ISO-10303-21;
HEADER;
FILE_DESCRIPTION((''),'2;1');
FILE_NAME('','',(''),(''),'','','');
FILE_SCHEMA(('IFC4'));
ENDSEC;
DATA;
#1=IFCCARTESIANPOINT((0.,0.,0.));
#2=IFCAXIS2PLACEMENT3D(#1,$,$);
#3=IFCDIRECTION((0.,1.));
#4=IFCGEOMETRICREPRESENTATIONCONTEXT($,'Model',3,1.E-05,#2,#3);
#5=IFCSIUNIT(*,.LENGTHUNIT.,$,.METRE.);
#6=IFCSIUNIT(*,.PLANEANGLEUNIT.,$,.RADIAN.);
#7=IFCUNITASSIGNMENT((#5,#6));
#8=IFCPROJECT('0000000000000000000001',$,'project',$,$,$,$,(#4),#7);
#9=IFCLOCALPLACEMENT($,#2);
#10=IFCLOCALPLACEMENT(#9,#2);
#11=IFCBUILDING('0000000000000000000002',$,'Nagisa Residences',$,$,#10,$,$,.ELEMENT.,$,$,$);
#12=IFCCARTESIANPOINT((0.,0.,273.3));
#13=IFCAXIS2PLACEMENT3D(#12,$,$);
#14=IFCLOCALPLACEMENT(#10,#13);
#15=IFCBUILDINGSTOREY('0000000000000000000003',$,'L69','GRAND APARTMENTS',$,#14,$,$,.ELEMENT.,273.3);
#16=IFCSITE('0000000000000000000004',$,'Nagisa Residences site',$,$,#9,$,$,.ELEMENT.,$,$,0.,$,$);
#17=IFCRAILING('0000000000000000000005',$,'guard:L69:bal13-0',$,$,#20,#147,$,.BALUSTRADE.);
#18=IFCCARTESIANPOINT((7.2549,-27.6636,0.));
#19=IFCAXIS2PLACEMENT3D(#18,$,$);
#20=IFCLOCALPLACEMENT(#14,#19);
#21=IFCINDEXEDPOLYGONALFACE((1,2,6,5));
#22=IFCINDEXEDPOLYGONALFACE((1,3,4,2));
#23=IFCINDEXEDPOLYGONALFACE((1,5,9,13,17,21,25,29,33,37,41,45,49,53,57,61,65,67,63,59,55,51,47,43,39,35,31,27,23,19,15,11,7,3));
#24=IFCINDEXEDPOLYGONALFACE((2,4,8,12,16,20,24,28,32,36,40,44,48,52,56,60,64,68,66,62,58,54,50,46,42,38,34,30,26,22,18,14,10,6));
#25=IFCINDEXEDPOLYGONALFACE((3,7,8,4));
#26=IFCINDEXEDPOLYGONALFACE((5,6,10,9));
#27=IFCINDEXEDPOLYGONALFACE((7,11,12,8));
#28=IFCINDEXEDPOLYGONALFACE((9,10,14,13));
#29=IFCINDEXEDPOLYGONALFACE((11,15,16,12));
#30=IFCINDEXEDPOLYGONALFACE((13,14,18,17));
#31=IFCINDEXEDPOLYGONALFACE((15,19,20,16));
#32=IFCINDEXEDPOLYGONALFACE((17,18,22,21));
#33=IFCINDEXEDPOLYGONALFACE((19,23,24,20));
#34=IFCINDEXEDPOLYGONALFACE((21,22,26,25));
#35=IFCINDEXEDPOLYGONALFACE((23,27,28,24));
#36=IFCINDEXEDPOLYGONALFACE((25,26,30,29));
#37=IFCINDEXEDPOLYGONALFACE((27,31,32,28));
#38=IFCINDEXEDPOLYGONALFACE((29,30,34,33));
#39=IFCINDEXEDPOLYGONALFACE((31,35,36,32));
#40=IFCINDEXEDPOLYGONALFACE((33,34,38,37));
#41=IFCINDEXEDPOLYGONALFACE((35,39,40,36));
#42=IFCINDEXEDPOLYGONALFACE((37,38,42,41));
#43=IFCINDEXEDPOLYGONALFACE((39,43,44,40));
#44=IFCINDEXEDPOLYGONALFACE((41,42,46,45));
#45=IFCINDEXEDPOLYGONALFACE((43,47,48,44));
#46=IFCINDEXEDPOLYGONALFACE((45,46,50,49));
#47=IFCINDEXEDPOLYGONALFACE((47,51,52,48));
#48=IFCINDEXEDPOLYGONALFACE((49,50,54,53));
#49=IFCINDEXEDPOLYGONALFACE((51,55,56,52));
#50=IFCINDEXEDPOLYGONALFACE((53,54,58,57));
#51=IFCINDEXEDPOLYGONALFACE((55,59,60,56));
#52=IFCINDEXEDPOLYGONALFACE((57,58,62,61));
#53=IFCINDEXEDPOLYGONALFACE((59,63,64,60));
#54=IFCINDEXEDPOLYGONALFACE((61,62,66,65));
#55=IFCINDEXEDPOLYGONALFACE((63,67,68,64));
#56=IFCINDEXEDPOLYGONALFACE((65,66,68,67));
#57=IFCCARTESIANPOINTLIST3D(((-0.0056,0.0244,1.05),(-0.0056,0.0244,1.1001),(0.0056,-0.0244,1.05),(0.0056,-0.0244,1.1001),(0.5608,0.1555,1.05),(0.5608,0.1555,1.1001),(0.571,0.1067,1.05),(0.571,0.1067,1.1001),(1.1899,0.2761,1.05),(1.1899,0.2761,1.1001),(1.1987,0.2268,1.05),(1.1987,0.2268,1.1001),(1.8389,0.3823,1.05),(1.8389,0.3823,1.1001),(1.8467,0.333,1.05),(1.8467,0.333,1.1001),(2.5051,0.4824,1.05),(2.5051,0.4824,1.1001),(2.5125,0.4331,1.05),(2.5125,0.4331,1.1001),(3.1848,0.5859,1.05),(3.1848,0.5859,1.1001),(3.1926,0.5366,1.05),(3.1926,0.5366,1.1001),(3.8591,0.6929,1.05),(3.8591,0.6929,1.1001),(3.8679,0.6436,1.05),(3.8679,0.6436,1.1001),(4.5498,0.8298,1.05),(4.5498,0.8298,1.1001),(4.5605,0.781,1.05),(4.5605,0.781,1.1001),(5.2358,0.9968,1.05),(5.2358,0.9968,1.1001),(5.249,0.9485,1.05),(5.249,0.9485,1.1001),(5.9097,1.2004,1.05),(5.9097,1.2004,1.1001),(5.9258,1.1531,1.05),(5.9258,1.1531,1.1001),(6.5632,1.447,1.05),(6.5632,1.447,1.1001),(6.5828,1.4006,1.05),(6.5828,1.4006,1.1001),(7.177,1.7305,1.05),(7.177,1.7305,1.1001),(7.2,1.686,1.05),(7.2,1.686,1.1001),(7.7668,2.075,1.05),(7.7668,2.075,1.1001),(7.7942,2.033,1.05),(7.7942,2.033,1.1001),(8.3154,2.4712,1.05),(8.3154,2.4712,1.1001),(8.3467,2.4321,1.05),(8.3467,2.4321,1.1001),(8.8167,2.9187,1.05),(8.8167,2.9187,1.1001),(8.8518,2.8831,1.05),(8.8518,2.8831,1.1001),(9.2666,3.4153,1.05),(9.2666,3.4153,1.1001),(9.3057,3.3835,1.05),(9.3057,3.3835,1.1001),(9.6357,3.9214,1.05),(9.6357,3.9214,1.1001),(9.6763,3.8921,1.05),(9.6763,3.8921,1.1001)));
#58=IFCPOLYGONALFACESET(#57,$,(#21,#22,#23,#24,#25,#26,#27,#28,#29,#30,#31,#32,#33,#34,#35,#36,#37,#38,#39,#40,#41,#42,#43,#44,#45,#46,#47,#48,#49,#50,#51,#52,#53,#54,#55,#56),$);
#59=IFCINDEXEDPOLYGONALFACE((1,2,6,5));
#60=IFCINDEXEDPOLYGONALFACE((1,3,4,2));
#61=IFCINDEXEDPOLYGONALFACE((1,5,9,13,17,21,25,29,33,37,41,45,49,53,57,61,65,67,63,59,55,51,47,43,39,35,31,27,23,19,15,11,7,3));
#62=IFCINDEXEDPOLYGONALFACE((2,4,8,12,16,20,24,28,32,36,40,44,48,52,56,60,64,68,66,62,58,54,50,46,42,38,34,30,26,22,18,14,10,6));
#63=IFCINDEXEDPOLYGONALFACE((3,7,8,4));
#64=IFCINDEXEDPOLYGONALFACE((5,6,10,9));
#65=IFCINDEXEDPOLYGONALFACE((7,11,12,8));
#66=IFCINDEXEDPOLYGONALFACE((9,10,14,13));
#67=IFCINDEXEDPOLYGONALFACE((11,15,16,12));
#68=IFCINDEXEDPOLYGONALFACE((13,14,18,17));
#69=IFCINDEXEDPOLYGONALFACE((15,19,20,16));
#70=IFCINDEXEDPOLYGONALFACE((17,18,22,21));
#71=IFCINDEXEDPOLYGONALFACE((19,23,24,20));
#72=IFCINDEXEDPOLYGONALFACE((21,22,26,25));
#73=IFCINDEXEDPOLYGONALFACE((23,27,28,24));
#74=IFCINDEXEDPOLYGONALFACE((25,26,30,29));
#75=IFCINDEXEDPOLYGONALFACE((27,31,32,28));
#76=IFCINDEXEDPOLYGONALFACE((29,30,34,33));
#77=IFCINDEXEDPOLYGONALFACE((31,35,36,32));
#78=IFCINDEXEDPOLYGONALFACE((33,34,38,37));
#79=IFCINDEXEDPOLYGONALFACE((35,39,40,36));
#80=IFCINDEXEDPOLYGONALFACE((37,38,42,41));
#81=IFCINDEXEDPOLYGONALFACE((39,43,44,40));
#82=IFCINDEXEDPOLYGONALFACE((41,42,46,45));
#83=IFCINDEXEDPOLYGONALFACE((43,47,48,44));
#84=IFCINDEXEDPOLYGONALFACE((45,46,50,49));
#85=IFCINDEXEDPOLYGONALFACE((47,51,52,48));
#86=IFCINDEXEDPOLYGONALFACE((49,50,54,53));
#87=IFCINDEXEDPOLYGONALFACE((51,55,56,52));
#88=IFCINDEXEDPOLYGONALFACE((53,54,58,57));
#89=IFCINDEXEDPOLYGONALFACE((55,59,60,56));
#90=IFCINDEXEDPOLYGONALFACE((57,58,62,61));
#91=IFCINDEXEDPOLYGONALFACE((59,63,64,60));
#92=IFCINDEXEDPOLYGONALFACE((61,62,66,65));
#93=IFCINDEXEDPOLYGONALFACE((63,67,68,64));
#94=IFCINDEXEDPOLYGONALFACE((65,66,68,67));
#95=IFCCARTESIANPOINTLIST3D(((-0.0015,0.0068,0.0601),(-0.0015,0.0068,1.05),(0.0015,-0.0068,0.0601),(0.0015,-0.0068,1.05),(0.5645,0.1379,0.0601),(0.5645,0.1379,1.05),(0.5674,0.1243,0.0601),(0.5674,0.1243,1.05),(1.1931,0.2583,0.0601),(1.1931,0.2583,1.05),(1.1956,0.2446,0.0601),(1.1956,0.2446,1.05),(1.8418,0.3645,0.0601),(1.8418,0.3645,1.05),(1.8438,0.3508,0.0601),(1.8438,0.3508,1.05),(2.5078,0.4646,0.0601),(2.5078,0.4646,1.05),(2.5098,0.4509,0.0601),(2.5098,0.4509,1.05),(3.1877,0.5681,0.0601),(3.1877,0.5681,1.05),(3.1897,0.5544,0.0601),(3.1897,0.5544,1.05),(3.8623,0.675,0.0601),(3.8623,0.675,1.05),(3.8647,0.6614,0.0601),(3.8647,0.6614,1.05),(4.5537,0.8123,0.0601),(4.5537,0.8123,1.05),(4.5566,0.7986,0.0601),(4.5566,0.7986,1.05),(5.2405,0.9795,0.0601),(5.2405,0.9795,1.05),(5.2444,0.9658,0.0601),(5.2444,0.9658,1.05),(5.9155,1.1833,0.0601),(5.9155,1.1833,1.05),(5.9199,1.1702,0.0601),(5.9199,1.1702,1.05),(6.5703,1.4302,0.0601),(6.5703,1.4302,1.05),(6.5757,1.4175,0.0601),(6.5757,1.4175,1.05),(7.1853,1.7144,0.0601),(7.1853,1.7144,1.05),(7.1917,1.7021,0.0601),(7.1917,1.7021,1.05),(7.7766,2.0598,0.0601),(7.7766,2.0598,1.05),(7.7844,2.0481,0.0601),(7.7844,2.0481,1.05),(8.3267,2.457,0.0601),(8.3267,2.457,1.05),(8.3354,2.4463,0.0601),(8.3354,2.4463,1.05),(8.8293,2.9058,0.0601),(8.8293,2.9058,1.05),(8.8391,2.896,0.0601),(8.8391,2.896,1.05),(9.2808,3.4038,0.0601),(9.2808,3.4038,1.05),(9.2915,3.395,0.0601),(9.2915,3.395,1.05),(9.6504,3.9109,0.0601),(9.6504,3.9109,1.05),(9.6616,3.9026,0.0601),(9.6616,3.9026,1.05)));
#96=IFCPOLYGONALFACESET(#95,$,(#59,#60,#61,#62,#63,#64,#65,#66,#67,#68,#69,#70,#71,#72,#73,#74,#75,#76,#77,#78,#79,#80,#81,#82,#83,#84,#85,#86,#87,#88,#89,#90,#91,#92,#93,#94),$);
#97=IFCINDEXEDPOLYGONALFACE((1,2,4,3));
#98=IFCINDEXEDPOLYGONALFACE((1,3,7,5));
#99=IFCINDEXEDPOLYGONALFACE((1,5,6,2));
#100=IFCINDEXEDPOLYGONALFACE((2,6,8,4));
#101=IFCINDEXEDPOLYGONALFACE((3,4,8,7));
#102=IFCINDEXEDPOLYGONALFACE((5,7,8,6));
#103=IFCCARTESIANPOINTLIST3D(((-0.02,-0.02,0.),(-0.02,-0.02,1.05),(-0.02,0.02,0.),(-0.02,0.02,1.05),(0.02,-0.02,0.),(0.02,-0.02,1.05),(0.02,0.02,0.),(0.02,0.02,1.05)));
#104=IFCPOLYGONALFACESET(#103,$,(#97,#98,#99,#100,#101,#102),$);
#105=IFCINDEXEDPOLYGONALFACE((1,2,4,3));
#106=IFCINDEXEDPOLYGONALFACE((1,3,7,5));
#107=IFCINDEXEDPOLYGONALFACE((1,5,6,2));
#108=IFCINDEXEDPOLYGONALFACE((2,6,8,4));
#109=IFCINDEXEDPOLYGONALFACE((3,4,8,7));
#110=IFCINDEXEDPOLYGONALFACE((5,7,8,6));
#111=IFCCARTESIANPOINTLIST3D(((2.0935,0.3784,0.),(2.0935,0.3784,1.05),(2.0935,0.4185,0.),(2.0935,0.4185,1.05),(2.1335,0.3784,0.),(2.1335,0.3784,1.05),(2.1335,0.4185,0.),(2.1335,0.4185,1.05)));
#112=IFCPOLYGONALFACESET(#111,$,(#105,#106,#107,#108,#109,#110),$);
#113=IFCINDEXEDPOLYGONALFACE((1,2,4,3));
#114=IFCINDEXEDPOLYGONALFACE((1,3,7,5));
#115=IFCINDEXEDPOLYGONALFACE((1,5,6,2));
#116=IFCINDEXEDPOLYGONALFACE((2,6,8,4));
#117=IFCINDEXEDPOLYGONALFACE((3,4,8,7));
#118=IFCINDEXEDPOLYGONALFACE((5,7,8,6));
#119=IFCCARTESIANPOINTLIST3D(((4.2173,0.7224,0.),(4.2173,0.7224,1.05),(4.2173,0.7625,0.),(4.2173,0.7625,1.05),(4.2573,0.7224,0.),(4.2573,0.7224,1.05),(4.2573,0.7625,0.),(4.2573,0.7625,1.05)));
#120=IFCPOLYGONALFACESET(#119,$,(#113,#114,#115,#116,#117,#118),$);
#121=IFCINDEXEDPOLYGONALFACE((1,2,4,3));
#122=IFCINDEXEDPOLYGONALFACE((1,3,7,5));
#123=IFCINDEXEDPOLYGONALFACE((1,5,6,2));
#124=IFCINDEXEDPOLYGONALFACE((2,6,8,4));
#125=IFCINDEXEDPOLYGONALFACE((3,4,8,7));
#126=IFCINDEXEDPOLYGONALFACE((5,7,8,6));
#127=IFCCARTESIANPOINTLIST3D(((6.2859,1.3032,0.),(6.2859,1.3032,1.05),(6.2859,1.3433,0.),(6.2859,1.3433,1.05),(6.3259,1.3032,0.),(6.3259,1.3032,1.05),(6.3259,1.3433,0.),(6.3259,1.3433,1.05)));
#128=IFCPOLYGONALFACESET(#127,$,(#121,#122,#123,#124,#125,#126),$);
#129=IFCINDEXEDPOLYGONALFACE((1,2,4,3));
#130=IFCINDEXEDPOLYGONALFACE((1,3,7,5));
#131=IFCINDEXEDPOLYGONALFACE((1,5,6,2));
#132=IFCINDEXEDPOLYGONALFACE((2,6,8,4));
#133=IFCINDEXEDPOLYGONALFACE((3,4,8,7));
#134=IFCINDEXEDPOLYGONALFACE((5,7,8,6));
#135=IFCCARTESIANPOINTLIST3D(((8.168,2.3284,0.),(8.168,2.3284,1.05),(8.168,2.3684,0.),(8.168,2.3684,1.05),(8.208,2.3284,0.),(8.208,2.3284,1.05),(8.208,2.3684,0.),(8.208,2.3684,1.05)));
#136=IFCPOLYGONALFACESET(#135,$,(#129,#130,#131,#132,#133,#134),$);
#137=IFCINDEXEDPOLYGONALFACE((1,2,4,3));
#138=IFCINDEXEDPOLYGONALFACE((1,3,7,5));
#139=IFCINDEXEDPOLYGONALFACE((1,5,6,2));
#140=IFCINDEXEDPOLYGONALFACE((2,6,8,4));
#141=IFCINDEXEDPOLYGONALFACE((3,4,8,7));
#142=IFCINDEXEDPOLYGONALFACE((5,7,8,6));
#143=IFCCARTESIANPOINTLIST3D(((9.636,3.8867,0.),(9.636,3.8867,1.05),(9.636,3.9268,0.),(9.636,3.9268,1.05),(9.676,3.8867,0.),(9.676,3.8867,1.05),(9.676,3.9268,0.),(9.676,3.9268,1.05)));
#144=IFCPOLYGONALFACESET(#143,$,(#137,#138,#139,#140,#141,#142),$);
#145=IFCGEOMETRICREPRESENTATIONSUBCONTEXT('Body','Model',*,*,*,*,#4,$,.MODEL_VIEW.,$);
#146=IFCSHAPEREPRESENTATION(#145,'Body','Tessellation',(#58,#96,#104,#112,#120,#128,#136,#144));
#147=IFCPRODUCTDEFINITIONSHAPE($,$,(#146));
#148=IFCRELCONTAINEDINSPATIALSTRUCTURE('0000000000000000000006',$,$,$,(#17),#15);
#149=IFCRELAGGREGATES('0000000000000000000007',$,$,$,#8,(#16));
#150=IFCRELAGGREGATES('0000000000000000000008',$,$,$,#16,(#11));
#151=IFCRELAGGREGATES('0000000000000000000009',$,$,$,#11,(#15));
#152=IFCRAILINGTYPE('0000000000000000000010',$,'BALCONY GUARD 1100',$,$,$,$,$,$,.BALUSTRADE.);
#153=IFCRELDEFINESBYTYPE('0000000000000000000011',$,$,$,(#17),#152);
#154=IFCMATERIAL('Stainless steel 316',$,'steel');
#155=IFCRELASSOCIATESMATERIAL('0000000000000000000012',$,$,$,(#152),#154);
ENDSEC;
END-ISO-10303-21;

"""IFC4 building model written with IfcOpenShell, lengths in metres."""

from ifc_helpers import new_model, si_unit, direction, frame, origin, origin_2d, place, context, subcontext, project, spatial, polyline, rectangle, outline, extrude, material, type_object, element, save


model = new_model("IFC4")

# Units and contexts
model_context = context("Model", 3, precision=1e-05, world=origin(), true_north=direction((0.0, 1.0)))
body_context = subcontext(model_context, "Body", "Model", "MODEL_VIEW")
ifc_project = project(units=[si_unit("LENGTHUNIT", "METRE"), si_unit("PLANEANGLEUNIT", "RADIAN")], contexts=[model_context])

# Site, building, storey
site_placement = place(None, origin())
site = spatial("IfcSite", under=ifc_project, at=site_placement, Name="Nagisa Residences site", CompositionType="ELEMENT", RefElevation=0.0)
building_placement = place(site_placement, origin())
building = spatial("IfcBuilding", under=site, at=building_placement, Name="Nagisa Residences", CompositionType="ELEMENT")
storey_placement = place(building_placement, frame((0.0, 0.0, 273.3)))
storey = spatial("IfcBuildingStorey", under=building, at=storey_placement, Name="L69", Description="GRAND APARTMENTS", CompositionType="ELEMENT", Elevation=273.3)

# Railing
ifc_material_1 = material(Name="Stainless steel 316", Category="steel")
railing_type = type_object("IfcRailingType", Name="BALCONY GUARD 1100", PredefinedType="BALUSTRADE", material=ifc_material_1)
railing_placement = place(storey_placement, frame((7.2549, -27.6636, 0.0)))
element("IfcRailing", 1, at=railing_placement, inside=storey, type_object=railing_type, Name="guard:L69:bal13-0", PredefinedType="BALUSTRADE", context=body_context, shape_type="SweptSolid", body=[
    extrude(outline(polyline([(0.5608, 0.1555), (-0.0056, 0.0244), (0.0056, -0.0244), (0.571, 0.1067), (1.1987, 0.2268), (1.8467, 0.333), (2.5125, 0.4331), (3.1926, 0.5366), (3.8679, 0.6436), (4.5605, 0.781), (5.249, 0.9485), (5.9258, 1.1531), (6.5828, 1.4006), (7.2, 1.686), (7.7942, 2.033), (8.3467, 2.4321), (8.8518, 2.8831), (9.3057, 3.3835), (9.6763, 3.8921), (9.6357, 3.9214), (9.2666, 3.4153), (8.8167, 2.9187), (8.3154, 2.4712), (7.7668, 2.075), (7.177, 1.7305), (6.5632, 1.447), (5.9097, 1.2004), (5.2358, 0.9968), (4.5498, 0.8298), (3.8591, 0.6929), (3.1848, 0.5859), (2.5051, 0.4824), (1.8389, 0.3823), (1.1899, 0.2761), (0.5608, 0.1555)])), frame((0.0, 0.0, 1.05)), (0.0, 0.0, 1.0), 0.05),
    extrude(outline(polyline([(0.5645, 0.1379), (-0.0015, 0.0068), (0.0015, -0.0068), (0.5674, 0.1243), (1.1956, 0.2446), (1.8438, 0.3508), (2.5098, 0.4509), (3.1897, 0.5544), (3.8647, 0.6614), (4.5566, 0.7986), (5.2444, 0.9658), (5.9199, 1.1702), (6.5757, 1.4175), (7.1917, 1.7021), (7.7844, 2.0481), (8.3354, 2.4463), (8.8391, 2.896), (9.2915, 3.395), (9.6616, 3.9026), (9.6504, 3.9109), (9.2808, 3.4038), (8.8293, 2.9058), (8.3267, 2.457), (7.7766, 2.0598), (7.1853, 1.7144), (6.5703, 1.4302), (5.9155, 1.1833), (5.2405, 0.9795), (4.5537, 0.8123), (3.8623, 0.675), (3.1877, 0.5681), (2.5078, 0.4646), (1.8418, 0.3645), (1.1931, 0.2583), (0.5645, 0.1379)])), frame((0.0, 0.0, 0.0601)), (0.0, 0.0, 1.0), 0.99),
    extrude(rectangle(XDim=0.04, YDim=0.04, at=origin_2d()), origin(), (0.0, 0.0, 1.0), 1.05),
    extrude(rectangle(XDim=0.04, YDim=0.04, at=origin_2d()), frame((2.1135, 0.3984, 0.0)), (0.0, 0.0, 1.0), 1.05),
    extrude(rectangle(XDim=0.04, YDim=0.04, at=origin_2d()), frame((4.2373, 0.7424, 0.0)), (0.0, 0.0, 1.0), 1.05),
    extrude(rectangle(XDim=0.04, YDim=0.04, at=origin_2d()), frame((6.3059, 1.3232, 0.0)), (0.0, 0.0, 1.0), 1.05),
    extrude(rectangle(XDim=0.04, YDim=0.04, at=origin_2d()), frame((8.188, 2.3484, 0.0)), (0.0, 0.0, 1.0), 1.05),
    extrude(rectangle(XDim=0.04, YDim=0.04, at=origin_2d()), frame((9.656, 3.9067, 0.0)), (0.0, 0.0, 1.0), 1.05),
])

save(model, "model.ifc")
